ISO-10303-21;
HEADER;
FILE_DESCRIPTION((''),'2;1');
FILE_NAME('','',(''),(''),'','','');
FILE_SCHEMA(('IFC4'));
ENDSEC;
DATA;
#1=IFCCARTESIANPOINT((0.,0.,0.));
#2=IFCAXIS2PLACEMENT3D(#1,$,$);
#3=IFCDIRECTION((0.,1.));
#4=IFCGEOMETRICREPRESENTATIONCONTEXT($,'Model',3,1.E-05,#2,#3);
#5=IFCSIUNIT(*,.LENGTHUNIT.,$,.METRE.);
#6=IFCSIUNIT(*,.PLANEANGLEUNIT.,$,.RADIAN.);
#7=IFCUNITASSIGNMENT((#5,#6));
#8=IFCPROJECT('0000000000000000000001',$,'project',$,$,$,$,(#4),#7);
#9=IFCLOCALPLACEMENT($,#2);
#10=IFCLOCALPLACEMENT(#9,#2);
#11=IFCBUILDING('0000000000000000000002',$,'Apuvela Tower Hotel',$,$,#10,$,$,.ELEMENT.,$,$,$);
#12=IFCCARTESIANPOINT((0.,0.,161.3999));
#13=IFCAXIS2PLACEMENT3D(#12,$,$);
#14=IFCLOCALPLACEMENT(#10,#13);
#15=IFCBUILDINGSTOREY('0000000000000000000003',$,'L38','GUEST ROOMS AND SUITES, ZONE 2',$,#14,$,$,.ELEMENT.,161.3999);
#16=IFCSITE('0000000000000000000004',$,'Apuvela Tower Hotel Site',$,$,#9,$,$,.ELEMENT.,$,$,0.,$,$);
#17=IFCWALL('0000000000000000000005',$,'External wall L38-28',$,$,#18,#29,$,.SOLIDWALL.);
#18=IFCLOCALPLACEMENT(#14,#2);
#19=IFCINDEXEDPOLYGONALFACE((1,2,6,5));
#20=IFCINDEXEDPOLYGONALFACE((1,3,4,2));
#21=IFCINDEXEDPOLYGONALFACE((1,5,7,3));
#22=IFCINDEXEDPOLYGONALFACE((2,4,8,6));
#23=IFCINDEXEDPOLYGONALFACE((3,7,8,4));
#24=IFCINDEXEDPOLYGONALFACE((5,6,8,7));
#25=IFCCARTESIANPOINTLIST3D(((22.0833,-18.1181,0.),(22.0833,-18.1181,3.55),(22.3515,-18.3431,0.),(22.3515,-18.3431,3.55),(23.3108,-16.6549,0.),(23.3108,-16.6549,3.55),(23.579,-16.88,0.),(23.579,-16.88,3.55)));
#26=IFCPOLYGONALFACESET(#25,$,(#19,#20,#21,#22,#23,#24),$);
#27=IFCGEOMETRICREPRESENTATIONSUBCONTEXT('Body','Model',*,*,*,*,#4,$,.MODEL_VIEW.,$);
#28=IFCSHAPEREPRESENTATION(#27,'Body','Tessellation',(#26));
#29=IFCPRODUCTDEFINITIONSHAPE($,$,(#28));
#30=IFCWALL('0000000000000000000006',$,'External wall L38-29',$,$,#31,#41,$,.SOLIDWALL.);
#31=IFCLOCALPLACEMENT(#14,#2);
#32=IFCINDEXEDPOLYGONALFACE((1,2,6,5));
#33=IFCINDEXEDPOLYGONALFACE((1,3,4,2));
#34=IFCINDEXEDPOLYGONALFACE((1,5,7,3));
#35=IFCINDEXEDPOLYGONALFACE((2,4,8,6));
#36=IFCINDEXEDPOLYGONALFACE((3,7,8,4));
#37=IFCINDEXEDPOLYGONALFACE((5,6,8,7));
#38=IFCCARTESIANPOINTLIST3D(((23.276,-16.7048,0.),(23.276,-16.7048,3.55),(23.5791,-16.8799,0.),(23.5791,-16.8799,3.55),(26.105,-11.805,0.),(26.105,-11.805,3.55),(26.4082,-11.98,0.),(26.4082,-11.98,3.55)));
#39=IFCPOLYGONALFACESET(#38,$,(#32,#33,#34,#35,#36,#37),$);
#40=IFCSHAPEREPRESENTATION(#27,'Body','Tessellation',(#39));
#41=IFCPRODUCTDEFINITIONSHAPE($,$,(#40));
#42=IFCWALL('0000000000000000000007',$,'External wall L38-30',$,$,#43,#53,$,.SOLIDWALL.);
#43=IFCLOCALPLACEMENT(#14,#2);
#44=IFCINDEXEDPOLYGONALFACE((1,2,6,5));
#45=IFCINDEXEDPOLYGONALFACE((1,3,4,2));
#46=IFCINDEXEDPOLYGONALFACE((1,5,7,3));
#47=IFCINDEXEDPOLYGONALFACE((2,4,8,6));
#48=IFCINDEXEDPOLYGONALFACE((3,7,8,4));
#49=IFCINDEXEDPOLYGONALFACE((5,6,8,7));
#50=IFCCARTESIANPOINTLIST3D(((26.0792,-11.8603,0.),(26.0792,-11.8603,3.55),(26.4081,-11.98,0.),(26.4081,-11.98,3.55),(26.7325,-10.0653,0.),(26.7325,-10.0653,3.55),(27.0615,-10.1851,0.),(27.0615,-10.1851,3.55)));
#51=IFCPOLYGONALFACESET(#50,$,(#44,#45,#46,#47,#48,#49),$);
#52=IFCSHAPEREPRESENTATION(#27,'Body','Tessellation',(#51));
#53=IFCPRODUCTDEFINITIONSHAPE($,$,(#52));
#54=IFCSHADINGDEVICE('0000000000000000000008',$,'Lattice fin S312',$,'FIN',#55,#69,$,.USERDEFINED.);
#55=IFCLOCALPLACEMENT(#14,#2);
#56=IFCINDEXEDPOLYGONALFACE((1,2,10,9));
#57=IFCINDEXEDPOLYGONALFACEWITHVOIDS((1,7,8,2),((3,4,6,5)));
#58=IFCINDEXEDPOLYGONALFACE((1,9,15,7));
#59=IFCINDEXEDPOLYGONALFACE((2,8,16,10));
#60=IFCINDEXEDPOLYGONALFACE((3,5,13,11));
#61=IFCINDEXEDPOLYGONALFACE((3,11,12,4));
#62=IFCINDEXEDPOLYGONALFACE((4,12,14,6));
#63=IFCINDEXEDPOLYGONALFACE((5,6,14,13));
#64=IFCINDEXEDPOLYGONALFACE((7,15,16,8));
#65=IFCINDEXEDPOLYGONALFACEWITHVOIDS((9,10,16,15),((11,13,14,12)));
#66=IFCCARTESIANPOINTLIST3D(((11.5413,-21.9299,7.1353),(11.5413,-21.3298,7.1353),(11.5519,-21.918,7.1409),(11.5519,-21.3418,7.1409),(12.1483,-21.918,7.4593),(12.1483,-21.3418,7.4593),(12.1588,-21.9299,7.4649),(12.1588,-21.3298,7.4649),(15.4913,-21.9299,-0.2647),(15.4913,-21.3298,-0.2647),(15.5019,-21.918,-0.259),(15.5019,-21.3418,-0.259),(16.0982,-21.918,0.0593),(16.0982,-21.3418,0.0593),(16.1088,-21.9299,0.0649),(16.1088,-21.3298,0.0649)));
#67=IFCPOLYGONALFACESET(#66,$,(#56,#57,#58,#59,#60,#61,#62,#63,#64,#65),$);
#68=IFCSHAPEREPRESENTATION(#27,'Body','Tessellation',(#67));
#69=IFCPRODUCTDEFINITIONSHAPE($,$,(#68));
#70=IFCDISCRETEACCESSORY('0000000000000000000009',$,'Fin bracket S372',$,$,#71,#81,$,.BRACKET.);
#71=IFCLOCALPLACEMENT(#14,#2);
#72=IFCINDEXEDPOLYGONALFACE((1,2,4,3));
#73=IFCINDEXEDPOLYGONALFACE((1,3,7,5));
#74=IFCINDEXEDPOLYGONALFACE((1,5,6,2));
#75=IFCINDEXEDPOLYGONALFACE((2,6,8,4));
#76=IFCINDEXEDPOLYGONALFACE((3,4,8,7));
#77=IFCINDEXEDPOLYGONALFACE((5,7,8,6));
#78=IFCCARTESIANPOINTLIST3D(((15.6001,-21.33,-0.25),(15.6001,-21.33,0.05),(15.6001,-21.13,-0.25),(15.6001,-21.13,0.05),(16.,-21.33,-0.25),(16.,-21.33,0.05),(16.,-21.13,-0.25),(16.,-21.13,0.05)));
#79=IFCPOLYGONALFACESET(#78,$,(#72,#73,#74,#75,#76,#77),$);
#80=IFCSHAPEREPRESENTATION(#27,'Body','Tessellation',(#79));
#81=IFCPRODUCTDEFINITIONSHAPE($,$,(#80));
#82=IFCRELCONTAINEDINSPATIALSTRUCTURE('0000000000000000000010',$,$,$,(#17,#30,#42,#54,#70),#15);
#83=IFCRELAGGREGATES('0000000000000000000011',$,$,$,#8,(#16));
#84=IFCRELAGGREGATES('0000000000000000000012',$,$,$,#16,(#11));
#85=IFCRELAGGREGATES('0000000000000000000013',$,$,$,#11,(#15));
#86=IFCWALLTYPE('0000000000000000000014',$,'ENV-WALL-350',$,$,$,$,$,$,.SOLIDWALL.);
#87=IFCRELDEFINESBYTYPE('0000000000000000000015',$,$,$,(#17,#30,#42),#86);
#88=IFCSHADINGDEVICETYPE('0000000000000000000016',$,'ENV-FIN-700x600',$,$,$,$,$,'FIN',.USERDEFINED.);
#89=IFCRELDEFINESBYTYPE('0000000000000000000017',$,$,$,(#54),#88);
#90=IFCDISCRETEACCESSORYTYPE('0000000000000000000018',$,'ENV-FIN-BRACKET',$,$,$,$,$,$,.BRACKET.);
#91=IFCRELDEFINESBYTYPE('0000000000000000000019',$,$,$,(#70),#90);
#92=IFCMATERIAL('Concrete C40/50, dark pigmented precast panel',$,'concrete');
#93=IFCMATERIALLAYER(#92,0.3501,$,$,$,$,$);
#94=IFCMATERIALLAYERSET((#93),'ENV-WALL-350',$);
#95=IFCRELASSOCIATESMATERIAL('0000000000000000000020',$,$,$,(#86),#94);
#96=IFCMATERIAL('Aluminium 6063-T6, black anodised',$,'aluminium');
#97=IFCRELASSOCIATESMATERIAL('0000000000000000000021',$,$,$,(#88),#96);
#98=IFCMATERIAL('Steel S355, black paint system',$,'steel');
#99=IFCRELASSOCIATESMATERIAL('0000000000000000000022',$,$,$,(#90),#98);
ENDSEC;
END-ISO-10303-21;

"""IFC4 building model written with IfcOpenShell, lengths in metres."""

from ifc_helpers import new_model, si_unit, direction, frame, frame_2d, origin, origin_2d, place, context, subcontext, project, spatial, rectangle, hollow_rectangle, extrude, material, layer, layer_set, material_profile, profile_set, type_object, element, save


model = new_model("IFC4")

# Units and contexts
model_context = context("Model", 3, precision=1e-05, world=origin(), true_north=direction((0.0, 1.0)))
body_context = subcontext(model_context, "Body", "Model", "MODEL_VIEW")
ifc_project = project(units=[si_unit("LENGTHUNIT", "METRE"), si_unit("PLANEANGLEUNIT", "RADIAN")], contexts=[model_context])

# Site, building, storey
site_placement = place(None, origin())
site = spatial("IfcSite", under=ifc_project, at=site_placement, Name="Apuvela Tower Hotel Site", CompositionType="ELEMENT", RefElevation=0.0)
building_placement = place(site_placement, origin())
building = spatial("IfcBuilding", under=site, at=building_placement, Name="Apuvela Tower Hotel", CompositionType="ELEMENT")
storey_placement = place(building_placement, frame((0.0, 0.0, 161.3999)))
storey = spatial("IfcBuildingStorey", under=building, at=storey_placement, Name="L38", Description="GUEST ROOMS AND SUITES, ZONE 2", CompositionType="ELEMENT", Elevation=161.3999)

# Shared definitions
ifc_material_1 = material(Name="Concrete C40/50, dark pigmented precast panel", Category="concrete")
ifc_layer_1 = layer(ifc_material_1, 0.3501)
ifc_layer_set_1 = layer_set([ifc_layer_1], Name="ENV-WALL-350")
wall_type_1 = type_object("IfcWallType", Name="ENV-WALL-350", PredefinedType="SOLIDWALL", material=ifc_layer_set_1)

# Walls
for number, where, z_axis, x_axis, name in (
    (1, (22.2173, -18.2307, 0.0), (0.0, 0.0, 1.0), (0.642733, 0.76609, 0.0), "External wall L38-28"),
):
    element("IfcWall", number, at=place(storey_placement, frame(where, z_axis=z_axis, x_axis=x_axis)), inside=storey, type_object=wall_type_1, Name=name, PredefinedType="SOLIDWALL", context=body_context, shape_type="SweptSolid", body=[
        extrude(rectangle(XDim=1.9099, YDim=0.3501, at=frame_2d((0.9551, 0.0))), origin(), (0.0, 0.0, 1.0), 3.55),
    ])
wall_1_placement = place(storey_placement, frame((23.4275, -16.7925, 0.0), z_axis=(0.0, 0.0, 1.0), x_axis=(0.500019, 0.866015, 0.0)))
element("IfcWall", 2, at=wall_1_placement, inside=storey, type_object=wall_type_1, Name="External wall L38-29", PredefinedType="SOLIDWALL", context=body_context, shape_type="SweptSolid", body=[
    extrude(rectangle(XDim=5.658, YDim=0.3501, at=frame_2d((2.8291, 0.0))), origin(), (0.0, 0.0, 1.0), 3.55),
])
wall_2_placement = place(storey_placement, frame((26.2437, -11.9202, 0.0), z_axis=(0.0, 0.0, 1.0), x_axis=(0.34203, 0.939689, 0.0)))
element("IfcWall", 3, at=wall_2_placement, inside=storey, type_object=wall_type_1, Name="External wall L38-30", PredefinedType="SOLIDWALL", context=body_context, shape_type="SweptSolid", body=[
    extrude(rectangle(XDim=1.9102, YDim=0.3501, at=frame_2d((0.9551, 0.0))), origin(), (0.0, 0.0, 1.0), 3.55),
])

# Shading device
ifc_material_2 = material(Name="Aluminium 6063-T6, black anodised", Category="aluminium")
ifc_material_profile_1 = material_profile(ifc_material_2, hollow_rectangle(XDim=0.6001, YDim=0.7, WallThickness=0.012, at=origin_2d()), Name="AL BOX 700x600x12")
ifc_profile_set_1 = profile_set([ifc_material_profile_1], Name="Aluminium 6063-T6, black anodised")
shading_device_type = type_object("IfcShadingDeviceType", Name="ENV-FIN-700x600", ElementType="FIN", PredefinedType="USERDEFINED", material=ifc_profile_set_1)
shading_device_placement = place(storey_placement, frame((15.8, -21.6299, -0.0999), z_axis=(-0.470898, 0.0, 0.882188), x_axis=(0.0, -1.0, 0.0)))
element("IfcShadingDevice", 4, at=shading_device_placement, inside=storey, type_object=shading_device_type, Name="Lattice fin S312", ObjectType="FIN", PredefinedType="USERDEFINED", context=body_context, shape_type="SweptSolid", body=[
    extrude(hollow_rectangle(XDim=0.6001, YDim=0.7, WallThickness=0.012, at=origin_2d()), origin(), (0.0, 0.0, 1.0), 8.3882),
])

# Discrete accessory
ifc_material_3 = material(Name="Steel S355, black paint system", Category="steel")
discrete_accessory_type = type_object("IfcDiscreteAccessoryType", Name="ENV-FIN-BRACKET", PredefinedType="BRACKET", material=ifc_material_3)
discrete_accessory_placement = place(storey_placement, frame((15.8, -21.23, -0.25), z_axis=(0.0, 0.0, 1.0), x_axis=(1.0, 0.0, 0.0)))
element("IfcDiscreteAccessory", 5, at=discrete_accessory_placement, inside=storey, type_object=discrete_accessory_type, Name="Fin bracket S372", PredefinedType="BRACKET", context=body_context, shape_type="SweptSolid", body=[
    extrude(rectangle(XDim=0.3999, YDim=0.2, at=origin_2d()), origin(), (0.0, 0.0, 1.0), 0.3),
])

save(model, "model.ifc")
